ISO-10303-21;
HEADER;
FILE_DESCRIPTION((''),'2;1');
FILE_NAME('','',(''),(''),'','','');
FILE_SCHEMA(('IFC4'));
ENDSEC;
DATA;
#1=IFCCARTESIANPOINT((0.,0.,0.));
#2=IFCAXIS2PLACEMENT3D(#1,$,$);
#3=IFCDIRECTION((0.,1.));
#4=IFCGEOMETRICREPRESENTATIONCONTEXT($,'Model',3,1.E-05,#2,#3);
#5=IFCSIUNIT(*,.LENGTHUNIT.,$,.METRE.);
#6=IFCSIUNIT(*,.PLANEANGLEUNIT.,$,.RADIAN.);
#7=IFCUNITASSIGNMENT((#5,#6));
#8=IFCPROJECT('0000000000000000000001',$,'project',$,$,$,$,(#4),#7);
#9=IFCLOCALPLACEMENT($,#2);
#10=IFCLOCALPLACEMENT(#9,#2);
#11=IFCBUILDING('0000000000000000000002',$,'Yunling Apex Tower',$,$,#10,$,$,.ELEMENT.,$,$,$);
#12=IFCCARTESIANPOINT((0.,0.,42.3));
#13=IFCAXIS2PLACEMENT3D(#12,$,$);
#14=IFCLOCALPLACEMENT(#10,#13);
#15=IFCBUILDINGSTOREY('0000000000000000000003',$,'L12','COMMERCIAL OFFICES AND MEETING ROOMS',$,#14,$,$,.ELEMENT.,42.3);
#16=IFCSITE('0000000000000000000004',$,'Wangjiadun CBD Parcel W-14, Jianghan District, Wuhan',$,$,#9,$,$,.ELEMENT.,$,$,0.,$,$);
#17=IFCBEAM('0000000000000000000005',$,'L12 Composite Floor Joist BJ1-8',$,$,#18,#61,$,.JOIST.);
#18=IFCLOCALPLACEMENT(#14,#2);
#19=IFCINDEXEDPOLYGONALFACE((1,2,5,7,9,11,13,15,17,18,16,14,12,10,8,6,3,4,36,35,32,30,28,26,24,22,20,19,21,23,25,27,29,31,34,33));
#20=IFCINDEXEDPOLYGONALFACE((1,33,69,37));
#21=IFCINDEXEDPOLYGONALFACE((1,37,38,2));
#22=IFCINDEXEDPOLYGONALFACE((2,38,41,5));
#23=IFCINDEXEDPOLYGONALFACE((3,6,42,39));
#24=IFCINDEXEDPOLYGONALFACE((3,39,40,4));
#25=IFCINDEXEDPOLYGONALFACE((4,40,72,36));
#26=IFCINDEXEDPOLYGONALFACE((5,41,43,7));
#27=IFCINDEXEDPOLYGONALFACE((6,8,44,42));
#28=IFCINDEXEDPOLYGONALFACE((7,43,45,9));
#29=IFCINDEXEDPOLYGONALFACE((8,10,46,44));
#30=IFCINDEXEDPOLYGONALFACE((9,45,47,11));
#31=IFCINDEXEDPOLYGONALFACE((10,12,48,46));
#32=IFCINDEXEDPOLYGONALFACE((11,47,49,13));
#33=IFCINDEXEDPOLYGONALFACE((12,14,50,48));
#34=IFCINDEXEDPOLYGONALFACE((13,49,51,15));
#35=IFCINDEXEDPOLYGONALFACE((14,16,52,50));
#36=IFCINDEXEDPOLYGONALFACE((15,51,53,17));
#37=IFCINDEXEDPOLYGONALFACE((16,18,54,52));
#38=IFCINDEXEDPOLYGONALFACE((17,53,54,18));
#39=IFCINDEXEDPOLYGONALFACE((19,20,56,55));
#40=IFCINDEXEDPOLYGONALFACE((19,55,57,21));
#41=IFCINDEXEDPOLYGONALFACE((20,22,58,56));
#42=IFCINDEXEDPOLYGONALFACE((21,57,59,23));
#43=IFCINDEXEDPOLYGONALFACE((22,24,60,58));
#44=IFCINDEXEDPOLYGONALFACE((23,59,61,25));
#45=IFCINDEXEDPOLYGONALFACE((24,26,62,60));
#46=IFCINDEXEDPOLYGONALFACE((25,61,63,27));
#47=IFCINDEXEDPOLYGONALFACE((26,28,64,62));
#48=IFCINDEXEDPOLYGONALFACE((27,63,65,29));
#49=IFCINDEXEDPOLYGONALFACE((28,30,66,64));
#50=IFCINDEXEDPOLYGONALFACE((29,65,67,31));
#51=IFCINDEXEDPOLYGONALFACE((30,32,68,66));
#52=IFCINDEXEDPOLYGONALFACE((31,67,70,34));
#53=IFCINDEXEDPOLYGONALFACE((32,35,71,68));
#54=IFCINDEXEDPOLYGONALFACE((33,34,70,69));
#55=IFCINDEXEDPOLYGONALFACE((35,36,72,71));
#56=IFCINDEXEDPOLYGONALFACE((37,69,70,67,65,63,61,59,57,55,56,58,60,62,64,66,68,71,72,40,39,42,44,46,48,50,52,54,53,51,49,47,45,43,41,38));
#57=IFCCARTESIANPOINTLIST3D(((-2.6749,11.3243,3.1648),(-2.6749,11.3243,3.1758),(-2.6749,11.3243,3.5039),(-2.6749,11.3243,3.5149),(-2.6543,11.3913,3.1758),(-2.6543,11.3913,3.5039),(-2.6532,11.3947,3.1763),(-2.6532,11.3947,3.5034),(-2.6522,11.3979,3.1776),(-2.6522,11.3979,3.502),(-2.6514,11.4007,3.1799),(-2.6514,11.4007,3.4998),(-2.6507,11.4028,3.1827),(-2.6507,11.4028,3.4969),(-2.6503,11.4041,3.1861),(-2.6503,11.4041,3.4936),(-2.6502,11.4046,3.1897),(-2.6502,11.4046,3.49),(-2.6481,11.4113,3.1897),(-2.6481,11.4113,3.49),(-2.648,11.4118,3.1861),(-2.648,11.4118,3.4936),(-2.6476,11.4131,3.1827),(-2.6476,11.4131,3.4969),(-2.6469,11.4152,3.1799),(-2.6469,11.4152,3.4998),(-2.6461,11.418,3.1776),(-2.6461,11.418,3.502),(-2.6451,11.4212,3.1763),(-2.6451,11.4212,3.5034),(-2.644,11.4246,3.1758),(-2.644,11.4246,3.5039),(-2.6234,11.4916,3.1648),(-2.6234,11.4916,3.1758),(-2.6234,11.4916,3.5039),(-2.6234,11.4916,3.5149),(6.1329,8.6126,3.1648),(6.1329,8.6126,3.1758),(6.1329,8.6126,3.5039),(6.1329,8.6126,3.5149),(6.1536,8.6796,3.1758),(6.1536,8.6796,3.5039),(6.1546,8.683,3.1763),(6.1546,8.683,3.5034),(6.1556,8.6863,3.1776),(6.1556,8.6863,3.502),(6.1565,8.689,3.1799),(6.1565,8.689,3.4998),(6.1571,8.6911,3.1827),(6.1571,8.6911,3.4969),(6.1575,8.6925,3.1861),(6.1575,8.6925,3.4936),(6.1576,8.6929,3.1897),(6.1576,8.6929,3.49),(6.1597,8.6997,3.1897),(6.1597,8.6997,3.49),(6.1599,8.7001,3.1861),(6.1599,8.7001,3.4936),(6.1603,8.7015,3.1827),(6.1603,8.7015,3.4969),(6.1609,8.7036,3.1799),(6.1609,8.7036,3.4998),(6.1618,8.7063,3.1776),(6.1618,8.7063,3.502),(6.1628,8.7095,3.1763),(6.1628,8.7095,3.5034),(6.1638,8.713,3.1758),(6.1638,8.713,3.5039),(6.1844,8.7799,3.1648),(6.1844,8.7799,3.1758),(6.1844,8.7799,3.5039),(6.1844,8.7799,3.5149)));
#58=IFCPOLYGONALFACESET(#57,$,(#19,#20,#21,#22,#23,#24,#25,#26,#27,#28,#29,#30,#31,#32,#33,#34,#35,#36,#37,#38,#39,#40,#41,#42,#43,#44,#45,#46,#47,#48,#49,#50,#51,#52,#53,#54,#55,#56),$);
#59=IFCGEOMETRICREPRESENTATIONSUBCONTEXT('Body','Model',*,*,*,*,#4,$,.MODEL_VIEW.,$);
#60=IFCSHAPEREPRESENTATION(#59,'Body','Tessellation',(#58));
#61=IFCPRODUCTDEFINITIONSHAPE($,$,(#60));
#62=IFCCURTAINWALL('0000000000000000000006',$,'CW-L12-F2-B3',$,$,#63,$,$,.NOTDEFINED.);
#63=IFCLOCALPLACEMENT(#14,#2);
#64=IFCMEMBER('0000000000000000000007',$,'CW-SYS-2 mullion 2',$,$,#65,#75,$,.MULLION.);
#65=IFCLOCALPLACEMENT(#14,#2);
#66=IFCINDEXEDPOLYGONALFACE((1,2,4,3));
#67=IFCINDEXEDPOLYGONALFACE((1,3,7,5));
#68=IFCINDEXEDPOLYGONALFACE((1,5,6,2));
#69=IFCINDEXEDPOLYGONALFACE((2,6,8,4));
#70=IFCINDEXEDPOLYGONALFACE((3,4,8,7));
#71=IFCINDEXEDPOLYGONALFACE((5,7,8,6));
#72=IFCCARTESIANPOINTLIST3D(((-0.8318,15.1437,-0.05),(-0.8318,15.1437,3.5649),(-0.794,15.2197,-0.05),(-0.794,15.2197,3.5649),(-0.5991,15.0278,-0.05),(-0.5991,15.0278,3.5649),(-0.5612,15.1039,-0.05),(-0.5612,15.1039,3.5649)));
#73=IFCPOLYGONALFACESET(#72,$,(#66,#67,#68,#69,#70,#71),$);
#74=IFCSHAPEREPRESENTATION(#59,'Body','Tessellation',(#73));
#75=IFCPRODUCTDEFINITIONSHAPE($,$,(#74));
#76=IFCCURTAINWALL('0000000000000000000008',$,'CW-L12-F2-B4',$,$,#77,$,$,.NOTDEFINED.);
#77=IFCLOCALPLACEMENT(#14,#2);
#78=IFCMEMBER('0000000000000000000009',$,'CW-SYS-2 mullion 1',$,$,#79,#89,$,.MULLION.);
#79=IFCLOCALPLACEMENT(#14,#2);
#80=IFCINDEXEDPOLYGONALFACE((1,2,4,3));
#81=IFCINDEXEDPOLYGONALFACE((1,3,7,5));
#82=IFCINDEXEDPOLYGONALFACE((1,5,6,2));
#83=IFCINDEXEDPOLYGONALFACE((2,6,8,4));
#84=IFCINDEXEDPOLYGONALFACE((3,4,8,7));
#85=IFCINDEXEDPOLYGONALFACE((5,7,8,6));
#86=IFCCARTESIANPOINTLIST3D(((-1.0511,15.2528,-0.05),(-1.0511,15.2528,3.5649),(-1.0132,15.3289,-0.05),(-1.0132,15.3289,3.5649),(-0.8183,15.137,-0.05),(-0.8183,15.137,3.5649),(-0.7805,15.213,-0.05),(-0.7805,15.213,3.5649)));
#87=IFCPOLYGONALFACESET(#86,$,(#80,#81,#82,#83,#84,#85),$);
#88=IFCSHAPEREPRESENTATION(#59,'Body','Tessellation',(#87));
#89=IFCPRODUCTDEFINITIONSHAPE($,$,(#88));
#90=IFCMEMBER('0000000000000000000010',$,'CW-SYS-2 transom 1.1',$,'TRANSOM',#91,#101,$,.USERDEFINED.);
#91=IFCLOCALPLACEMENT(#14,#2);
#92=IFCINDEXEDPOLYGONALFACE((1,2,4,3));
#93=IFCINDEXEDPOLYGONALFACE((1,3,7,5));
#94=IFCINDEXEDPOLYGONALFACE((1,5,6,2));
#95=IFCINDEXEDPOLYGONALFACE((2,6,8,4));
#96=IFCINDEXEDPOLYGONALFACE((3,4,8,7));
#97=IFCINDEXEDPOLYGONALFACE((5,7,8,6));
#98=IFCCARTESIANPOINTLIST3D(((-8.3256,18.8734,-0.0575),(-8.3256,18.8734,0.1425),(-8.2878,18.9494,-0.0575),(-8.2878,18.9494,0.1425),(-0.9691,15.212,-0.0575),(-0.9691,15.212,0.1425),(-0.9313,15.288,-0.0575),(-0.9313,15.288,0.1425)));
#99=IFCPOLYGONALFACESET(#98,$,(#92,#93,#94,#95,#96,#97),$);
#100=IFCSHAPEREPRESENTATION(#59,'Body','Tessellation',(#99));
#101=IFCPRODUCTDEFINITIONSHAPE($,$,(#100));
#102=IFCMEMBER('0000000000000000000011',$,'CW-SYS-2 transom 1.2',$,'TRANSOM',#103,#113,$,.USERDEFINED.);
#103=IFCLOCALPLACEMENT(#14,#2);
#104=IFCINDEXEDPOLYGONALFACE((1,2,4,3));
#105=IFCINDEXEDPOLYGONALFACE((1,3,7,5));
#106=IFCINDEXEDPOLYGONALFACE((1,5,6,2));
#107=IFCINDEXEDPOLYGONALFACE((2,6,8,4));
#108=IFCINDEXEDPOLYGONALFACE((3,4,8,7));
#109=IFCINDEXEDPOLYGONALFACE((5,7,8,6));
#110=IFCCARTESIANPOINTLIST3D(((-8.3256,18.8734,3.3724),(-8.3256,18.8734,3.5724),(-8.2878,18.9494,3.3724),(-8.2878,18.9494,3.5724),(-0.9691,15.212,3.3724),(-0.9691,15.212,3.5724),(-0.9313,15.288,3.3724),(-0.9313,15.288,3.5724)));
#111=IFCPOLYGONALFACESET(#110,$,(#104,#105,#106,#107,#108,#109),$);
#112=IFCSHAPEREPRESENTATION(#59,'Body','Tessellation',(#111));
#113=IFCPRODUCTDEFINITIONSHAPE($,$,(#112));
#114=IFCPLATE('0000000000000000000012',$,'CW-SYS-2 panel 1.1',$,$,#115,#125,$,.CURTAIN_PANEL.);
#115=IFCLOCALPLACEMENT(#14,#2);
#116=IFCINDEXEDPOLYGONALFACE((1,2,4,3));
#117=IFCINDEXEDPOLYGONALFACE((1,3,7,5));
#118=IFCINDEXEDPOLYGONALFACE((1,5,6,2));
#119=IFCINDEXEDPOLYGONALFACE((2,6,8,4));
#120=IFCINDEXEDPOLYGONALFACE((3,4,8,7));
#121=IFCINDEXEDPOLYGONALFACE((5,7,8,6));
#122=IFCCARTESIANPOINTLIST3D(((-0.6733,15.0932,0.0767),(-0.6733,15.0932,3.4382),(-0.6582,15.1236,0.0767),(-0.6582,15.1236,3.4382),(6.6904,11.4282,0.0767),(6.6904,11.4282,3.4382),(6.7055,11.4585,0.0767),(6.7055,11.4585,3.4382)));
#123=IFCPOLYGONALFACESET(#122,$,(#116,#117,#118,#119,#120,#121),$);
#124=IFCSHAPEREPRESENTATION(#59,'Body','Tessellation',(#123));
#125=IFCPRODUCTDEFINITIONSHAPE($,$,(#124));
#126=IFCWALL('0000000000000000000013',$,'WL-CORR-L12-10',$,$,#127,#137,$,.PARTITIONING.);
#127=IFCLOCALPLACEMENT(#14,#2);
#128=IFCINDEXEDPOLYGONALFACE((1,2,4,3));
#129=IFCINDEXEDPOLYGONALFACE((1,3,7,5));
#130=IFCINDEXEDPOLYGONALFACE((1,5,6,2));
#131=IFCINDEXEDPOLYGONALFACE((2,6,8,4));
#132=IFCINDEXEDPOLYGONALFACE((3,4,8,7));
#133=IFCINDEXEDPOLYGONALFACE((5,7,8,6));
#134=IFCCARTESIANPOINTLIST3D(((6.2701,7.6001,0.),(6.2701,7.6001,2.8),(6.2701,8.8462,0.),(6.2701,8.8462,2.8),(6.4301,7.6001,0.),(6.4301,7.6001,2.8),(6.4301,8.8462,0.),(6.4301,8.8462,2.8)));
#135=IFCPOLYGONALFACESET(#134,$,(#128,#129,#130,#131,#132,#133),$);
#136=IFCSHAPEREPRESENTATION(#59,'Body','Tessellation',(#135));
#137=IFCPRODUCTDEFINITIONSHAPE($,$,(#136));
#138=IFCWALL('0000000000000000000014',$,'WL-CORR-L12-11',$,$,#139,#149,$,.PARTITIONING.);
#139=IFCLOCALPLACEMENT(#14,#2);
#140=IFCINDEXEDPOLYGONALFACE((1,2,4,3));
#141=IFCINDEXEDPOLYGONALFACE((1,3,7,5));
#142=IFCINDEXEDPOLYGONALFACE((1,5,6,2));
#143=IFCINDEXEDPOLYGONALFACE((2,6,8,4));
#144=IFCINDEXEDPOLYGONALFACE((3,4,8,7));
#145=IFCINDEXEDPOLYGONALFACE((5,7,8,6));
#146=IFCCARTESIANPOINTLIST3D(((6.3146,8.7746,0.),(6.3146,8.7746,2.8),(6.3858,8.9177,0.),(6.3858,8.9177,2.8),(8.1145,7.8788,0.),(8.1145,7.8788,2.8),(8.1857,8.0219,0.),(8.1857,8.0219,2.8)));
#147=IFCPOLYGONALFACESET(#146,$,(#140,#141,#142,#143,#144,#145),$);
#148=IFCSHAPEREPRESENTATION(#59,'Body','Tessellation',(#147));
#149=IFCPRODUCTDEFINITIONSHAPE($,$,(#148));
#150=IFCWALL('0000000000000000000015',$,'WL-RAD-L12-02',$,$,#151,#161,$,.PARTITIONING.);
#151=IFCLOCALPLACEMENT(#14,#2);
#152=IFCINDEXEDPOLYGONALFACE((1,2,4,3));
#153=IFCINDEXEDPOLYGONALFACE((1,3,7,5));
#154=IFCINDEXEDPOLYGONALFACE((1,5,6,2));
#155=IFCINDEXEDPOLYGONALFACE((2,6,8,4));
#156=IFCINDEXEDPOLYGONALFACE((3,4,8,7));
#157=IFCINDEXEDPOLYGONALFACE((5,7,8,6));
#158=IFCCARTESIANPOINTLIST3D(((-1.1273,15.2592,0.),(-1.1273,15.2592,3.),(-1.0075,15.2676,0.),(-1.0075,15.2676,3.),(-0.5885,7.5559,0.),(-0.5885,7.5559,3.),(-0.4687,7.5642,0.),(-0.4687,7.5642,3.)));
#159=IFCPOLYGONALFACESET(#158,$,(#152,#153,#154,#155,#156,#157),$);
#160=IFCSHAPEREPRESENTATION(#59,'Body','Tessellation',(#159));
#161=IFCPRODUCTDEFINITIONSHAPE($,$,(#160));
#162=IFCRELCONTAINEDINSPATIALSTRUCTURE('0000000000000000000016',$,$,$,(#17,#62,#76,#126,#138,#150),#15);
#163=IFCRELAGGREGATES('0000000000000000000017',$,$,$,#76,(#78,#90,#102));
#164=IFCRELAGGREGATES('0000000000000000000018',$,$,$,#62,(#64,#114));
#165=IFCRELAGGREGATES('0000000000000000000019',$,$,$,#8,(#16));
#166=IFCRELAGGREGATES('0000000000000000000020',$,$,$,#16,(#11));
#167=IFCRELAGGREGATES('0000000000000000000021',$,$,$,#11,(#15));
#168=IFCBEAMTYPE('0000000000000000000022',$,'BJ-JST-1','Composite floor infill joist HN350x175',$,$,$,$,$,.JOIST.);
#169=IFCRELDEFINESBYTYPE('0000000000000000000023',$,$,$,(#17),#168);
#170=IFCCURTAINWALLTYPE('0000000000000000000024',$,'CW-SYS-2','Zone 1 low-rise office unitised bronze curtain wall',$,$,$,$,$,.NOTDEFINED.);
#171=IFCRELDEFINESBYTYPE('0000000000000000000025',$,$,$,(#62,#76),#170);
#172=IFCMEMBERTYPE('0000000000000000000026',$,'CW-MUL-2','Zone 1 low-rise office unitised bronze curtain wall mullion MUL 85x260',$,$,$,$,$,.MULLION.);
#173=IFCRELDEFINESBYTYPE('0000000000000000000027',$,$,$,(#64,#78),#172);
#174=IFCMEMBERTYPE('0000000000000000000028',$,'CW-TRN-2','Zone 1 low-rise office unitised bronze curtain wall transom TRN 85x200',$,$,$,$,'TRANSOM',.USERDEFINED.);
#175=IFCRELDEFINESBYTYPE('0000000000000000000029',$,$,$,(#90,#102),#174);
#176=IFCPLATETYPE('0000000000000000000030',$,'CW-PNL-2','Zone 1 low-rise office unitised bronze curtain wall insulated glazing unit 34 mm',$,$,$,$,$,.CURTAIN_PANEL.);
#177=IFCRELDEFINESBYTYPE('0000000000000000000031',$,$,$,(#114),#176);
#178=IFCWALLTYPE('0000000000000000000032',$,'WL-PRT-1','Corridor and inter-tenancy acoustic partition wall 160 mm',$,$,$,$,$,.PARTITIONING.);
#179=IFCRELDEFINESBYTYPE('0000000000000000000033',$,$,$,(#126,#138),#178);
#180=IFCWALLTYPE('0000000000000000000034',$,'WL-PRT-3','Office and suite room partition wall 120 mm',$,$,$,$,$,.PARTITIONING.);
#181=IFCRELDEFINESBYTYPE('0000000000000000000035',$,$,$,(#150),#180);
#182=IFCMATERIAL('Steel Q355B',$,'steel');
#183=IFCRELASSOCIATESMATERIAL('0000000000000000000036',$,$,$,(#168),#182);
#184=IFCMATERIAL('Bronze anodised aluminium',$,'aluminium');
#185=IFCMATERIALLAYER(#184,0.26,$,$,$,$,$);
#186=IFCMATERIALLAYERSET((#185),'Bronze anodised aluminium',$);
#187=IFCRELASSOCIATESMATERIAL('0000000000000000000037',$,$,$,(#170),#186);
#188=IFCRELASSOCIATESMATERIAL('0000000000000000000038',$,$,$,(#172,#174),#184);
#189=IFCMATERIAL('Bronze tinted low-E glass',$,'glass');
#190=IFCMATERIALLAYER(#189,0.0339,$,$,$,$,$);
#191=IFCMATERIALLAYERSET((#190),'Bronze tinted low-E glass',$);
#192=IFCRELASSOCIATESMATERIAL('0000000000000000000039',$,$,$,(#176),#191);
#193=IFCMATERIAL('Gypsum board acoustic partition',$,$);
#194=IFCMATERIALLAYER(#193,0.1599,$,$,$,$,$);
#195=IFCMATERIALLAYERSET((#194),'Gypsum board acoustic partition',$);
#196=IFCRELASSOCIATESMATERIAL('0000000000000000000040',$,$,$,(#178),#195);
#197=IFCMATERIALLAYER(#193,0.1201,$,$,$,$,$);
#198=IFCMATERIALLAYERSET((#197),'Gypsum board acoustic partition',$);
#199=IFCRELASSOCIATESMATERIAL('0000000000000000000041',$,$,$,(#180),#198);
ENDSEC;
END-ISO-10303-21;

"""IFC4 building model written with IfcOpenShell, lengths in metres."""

from ifc_helpers import new_model, si_unit, direction, frame, frame_2d, origin, origin_2d, place, context, subcontext, project, spatial, rectangle, i_section, extrude, source, transform, mapped, material, layer, layer_set, material_profile, profile_set, type_object, element, aggregate, save


model = new_model("IFC4")

# Units and contexts
model_context = context("Model", 3, precision=1e-05, world=origin(), true_north=direction((0.0, 1.0)))
body_context = subcontext(model_context, "Body", "Model", "MODEL_VIEW")
ifc_project = project(units=[si_unit("LENGTHUNIT", "METRE"), si_unit("PLANEANGLEUNIT", "RADIAN")], contexts=[model_context])

# Site, building, storey
site_placement = place(None, origin())
site = spatial("IfcSite", under=ifc_project, at=site_placement, Name="Wangjiadun CBD Parcel W-14, Jianghan District, Wuhan", CompositionType="ELEMENT", RefElevation=0.0)
building_placement = place(site_placement, origin())
building = spatial("IfcBuilding", under=site, at=building_placement, Name="Yunling Apex Tower", CompositionType="ELEMENT")
storey_placement = place(building_placement, frame((0.0, 0.0, 42.3)))
storey = spatial("IfcBuildingStorey", under=building, at=storey_placement, Name="L12", Description="COMMERCIAL OFFICES AND MEETING ROOMS", CompositionType="ELEMENT", Elevation=42.3)

# Beam
ifc_material_1 = material(Name="Steel Q355B", Category="steel")
ifc_material_profile_1 = material_profile(ifc_material_1, i_section(OverallWidth=0.175, OverallDepth=0.3501, WebThickness=0.0071, FlangeThickness=0.011, FilletRadius=0.0139, at=origin_2d()))
ifc_profile_set_1 = profile_set([ifc_material_profile_1], Name="Steel Q355B")
beam_type_1 = type_object("IfcBeamType", Name="BJ-JST-1", Description="Composite floor infill joist HN350x175", PredefinedType="JOIST", material=ifc_profile_set_1)
shared_shape_1 = source(origin(), body_context, "Body", "SweptSolid", [
    extrude(i_section(OverallWidth=0.175, OverallDepth=0.3501, WebThickness=0.0071, FlangeThickness=0.011, FilletRadius=0.0139, at=origin_2d()), origin(), (0.0, 0.0, 1.0), 9.2158),
])
beam_1_placement = place(storey_placement, frame((6.1587, 8.6963, 3.3398), z_axis=(-0.955731, 0.29424, 0.0), x_axis=(-0.29424, -0.955731, 0.0)))
element("IfcBeam", 1, at=beam_1_placement, inside=storey, type_object=beam_type_1, Name="L12 Composite Floor Joist BJ1-8", PredefinedType="JOIST", context=body_context, shape_type="MappedRepresentation", body=[
    mapped(shared_shape_1, transform((0.0, 0.0, 0.0), scale=1.0)),
])

# Curtain wall, member
ifc_material_2 = material(Name="Bronze anodised aluminium", Category="aluminium")
ifc_layer_1 = layer(ifc_material_2, 0.26)
ifc_layer_set_1 = layer_set([ifc_layer_1], Name="Bronze anodised aluminium")
curtain_wall_type = type_object("IfcCurtainWallType", Name="CW-SYS-2", Description="Zone 1 low-rise office unitised bronze curtain wall", PredefinedType="NOTDEFINED", material=ifc_layer_set_1)
curtain_wall_1_placement = place(storey_placement, origin())
curtain_wall_1 = element("IfcCurtainWall", 2, at=curtain_wall_1_placement, inside=storey, type_object=curtain_wall_type, Name="CW-L12-F2-B3", PredefinedType="NOTDEFINED")
ifc_material_profile_2 = material_profile(ifc_material_2, rectangle(XDim=0.085, YDim=0.26, at=origin_2d()))
ifc_profile_set_2 = profile_set([ifc_material_profile_2], Name="Bronze anodised aluminium")
member_type_1 = type_object("IfcMemberType", Name="CW-MUL-2", Description="Zone 1 low-rise office unitised bronze curtain wall mullion MUL 85x260", PredefinedType="MULLION", material=ifc_profile_set_2)
shared_shape_2 = source(origin(), body_context, "Body", "SweptSolid", [
    extrude(rectangle(XDim=0.085, YDim=0.26, at=origin_2d()), origin(), (0.0, 0.0, 1.0), 3.615),
])
member_1_placement = place(storey_placement, frame((-0.6965, 15.1238, -0.05), z_axis=(0.0, 0.0, 1.0), x_axis=(-0.44558, -0.895242, 0.0)))
member_1 = element("IfcMember", 3, at=member_1_placement, type_object=member_type_1, Name="CW-SYS-2 mullion 2", PredefinedType="MULLION", context=body_context, shape_type="MappedRepresentation", body=[
    mapped(shared_shape_2, transform((0.0, 0.0, 0.0), scale=1.0)),
])

# Curtain wall, members
curtain_wall_2_placement = place(storey_placement, origin())
curtain_wall_2 = element("IfcCurtainWall", 4, at=curtain_wall_2_placement, inside=storey, type_object=curtain_wall_type, Name="CW-L12-F2-B4", PredefinedType="NOTDEFINED")
member_2_placement = place(storey_placement, frame((-0.9158, 15.2329, -0.05), z_axis=(0.0, 0.0, 1.0), x_axis=(-0.445571, -0.895247, 0.0)))
member_2 = element("IfcMember", 5, at=member_2_placement, type_object=member_type_1, Name="CW-SYS-2 mullion 1", PredefinedType="MULLION", context=body_context, shape_type="MappedRepresentation", body=[
    mapped(shared_shape_2, transform((0.0, 0.0, 0.0), scale=1.0)),
])
ifc_material_profile_3 = material_profile(ifc_material_2, rectangle(XDim=0.085, YDim=0.2, at=origin_2d()))
ifc_profile_set_3 = profile_set([ifc_material_profile_3], Name="Bronze anodised aluminium")
member_type_2 = type_object("IfcMemberType", Name="CW-TRN-2", Description="Zone 1 low-rise office unitised bronze curtain wall transom TRN 85x200", ElementType="TRANSOM", PredefinedType="USERDEFINED", material=ifc_profile_set_3)
shared_shape_3 = source(origin(), body_context, "Body", "SweptSolid", [
    extrude(rectangle(XDim=0.085, YDim=0.2, at=origin_2d()), origin(), (0.0, 0.0, 1.0), 8.2173),
])
member_3_placement = place(storey_placement, frame((-0.9502, 15.25, 0.0425), z_axis=(-0.895246, 0.445573, 0.0), x_axis=(-0.445573, -0.895246, 0.0)))
member_3 = element("IfcMember", 6, at=member_3_placement, type_object=member_type_2, Name="CW-SYS-2 transom 1.1", ObjectType="TRANSOM", PredefinedType="USERDEFINED", context=body_context, shape_type="MappedRepresentation", body=[
    mapped(shared_shape_3, transform((0.0, 0.0, 0.0), scale=1.0)),
])
member_4_placement = place(storey_placement, frame((-0.9502, 15.25, 3.4724), z_axis=(-0.895246, 0.445573, 0.0), x_axis=(-0.445573, -0.895246, 0.0)))
member_4 = element("IfcMember", 7, at=member_4_placement, type_object=member_type_2, Name="CW-SYS-2 transom 1.2", ObjectType="TRANSOM", PredefinedType="USERDEFINED", context=body_context, shape_type="MappedRepresentation", body=[
    mapped(shared_shape_3, transform((0.0, 0.0, 0.0), scale=1.0)),
])
aggregate(curtain_wall_2, [member_2, member_3, member_4])

# Plate
ifc_material_3 = material(Name="Bronze tinted low-E glass", Category="glass")
ifc_layer_2 = layer(ifc_material_3, 0.0339)
ifc_layer_set_2 = layer_set([ifc_layer_2], Name="Bronze tinted low-E glass")
plate_type = type_object("IfcPlateType", Name="CW-PNL-2", Description="Zone 1 low-rise office unitised bronze curtain wall insulated glazing unit 34 mm", PredefinedType="CURTAIN_PANEL", material=ifc_layer_set_2)
shared_shape_4 = source(origin(), body_context, "Body", "SweptSolid", [
    extrude(rectangle(XDim=8.2253, YDim=0.0339, at=origin_2d()), origin(), (0.0, 0.0, 1.0), 3.3616),
])
plate_placement = place(storey_placement, frame((3.0161, 13.2759, 0.0767), z_axis=(0.0, 0.0, 1.0), x_axis=(-0.895242, 0.44558, 0.0)))
plate = element("IfcPlate", 8, at=plate_placement, type_object=plate_type, Name="CW-SYS-2 panel 1.1", PredefinedType="CURTAIN_PANEL", context=body_context, shape_type="MappedRepresentation", body=[
    mapped(shared_shape_4, transform((0.0, 0.0, 0.0), scale=1.0)),
])
aggregate(curtain_wall_1, [member_1, plate])

# Walls
ifc_material_4 = material(Name="Gypsum board acoustic partition")
ifc_layer_3 = layer(ifc_material_4, 0.1599)
ifc_layer_set_3 = layer_set([ifc_layer_3], Name="Gypsum board acoustic partition")
wall_type_1 = type_object("IfcWallType", Name="WL-PRT-1", Description="Corridor and inter-tenancy acoustic partition wall 160 mm", PredefinedType="PARTITIONING", material=ifc_layer_set_3)
wall_1_placement = place(storey_placement, frame((6.3501, 7.6001, 0.0), z_axis=(0.0, 0.0, 1.0), x_axis=(0.0, 1.0, 0.0)))
element("IfcWall", 9, at=wall_1_placement, inside=storey, type_object=wall_type_1, Name="WL-CORR-L12-10", PredefinedType="PARTITIONING", context=body_context, shape_type="SweptSolid", body=[
    extrude(rectangle(XDim=1.2461, YDim=0.1599, at=frame_2d((0.623, 0.0))), origin(), (0.0, 0.0, 1.0), 2.8),
])
wall_2_placement = place(storey_placement, frame((6.3501, 8.8462, 0.0), z_axis=(0.0, 0.0, 1.0), x_axis=(0.895251, -0.445561, 0.0)))
element("IfcWall", 10, at=wall_2_placement, inside=storey, type_object=wall_type_1, Name="WL-CORR-L12-11", PredefinedType="PARTITIONING", context=body_context, shape_type="SweptSolid", body=[
    extrude(rectangle(XDim=2.0105, YDim=0.1599, at=frame_2d((1.0054, 0.0))), origin(), (0.0, 0.0, 1.0), 2.8),
])
ifc_layer_4 = layer(ifc_material_4, 0.1201)
ifc_layer_set_4 = layer_set([ifc_layer_4], Name="Gypsum board acoustic partition")
wall_type_2 = type_object("IfcWallType", Name="WL-PRT-3", Description="Office and suite room partition wall 120 mm", PredefinedType="PARTITIONING", material=ifc_layer_set_4)
wall_3_placement = place(storey_placement, frame((-0.5286, 7.5601, 0.0), z_axis=(0.0, 0.0, 1.0), x_axis=(-0.069775, 0.997563, 0.0)))
element("IfcWall", 11, at=wall_3_placement, inside=storey, type_object=wall_type_2, Name="WL-RAD-L12-02", PredefinedType="PARTITIONING", context=body_context, shape_type="SweptSolid", body=[
    extrude(rectangle(XDim=7.7222, YDim=0.1201, at=frame_2d((3.8611, 0.0))), origin(), (0.0, 0.0, 1.0), 3.0),
])

save(model, "model.ifc")
